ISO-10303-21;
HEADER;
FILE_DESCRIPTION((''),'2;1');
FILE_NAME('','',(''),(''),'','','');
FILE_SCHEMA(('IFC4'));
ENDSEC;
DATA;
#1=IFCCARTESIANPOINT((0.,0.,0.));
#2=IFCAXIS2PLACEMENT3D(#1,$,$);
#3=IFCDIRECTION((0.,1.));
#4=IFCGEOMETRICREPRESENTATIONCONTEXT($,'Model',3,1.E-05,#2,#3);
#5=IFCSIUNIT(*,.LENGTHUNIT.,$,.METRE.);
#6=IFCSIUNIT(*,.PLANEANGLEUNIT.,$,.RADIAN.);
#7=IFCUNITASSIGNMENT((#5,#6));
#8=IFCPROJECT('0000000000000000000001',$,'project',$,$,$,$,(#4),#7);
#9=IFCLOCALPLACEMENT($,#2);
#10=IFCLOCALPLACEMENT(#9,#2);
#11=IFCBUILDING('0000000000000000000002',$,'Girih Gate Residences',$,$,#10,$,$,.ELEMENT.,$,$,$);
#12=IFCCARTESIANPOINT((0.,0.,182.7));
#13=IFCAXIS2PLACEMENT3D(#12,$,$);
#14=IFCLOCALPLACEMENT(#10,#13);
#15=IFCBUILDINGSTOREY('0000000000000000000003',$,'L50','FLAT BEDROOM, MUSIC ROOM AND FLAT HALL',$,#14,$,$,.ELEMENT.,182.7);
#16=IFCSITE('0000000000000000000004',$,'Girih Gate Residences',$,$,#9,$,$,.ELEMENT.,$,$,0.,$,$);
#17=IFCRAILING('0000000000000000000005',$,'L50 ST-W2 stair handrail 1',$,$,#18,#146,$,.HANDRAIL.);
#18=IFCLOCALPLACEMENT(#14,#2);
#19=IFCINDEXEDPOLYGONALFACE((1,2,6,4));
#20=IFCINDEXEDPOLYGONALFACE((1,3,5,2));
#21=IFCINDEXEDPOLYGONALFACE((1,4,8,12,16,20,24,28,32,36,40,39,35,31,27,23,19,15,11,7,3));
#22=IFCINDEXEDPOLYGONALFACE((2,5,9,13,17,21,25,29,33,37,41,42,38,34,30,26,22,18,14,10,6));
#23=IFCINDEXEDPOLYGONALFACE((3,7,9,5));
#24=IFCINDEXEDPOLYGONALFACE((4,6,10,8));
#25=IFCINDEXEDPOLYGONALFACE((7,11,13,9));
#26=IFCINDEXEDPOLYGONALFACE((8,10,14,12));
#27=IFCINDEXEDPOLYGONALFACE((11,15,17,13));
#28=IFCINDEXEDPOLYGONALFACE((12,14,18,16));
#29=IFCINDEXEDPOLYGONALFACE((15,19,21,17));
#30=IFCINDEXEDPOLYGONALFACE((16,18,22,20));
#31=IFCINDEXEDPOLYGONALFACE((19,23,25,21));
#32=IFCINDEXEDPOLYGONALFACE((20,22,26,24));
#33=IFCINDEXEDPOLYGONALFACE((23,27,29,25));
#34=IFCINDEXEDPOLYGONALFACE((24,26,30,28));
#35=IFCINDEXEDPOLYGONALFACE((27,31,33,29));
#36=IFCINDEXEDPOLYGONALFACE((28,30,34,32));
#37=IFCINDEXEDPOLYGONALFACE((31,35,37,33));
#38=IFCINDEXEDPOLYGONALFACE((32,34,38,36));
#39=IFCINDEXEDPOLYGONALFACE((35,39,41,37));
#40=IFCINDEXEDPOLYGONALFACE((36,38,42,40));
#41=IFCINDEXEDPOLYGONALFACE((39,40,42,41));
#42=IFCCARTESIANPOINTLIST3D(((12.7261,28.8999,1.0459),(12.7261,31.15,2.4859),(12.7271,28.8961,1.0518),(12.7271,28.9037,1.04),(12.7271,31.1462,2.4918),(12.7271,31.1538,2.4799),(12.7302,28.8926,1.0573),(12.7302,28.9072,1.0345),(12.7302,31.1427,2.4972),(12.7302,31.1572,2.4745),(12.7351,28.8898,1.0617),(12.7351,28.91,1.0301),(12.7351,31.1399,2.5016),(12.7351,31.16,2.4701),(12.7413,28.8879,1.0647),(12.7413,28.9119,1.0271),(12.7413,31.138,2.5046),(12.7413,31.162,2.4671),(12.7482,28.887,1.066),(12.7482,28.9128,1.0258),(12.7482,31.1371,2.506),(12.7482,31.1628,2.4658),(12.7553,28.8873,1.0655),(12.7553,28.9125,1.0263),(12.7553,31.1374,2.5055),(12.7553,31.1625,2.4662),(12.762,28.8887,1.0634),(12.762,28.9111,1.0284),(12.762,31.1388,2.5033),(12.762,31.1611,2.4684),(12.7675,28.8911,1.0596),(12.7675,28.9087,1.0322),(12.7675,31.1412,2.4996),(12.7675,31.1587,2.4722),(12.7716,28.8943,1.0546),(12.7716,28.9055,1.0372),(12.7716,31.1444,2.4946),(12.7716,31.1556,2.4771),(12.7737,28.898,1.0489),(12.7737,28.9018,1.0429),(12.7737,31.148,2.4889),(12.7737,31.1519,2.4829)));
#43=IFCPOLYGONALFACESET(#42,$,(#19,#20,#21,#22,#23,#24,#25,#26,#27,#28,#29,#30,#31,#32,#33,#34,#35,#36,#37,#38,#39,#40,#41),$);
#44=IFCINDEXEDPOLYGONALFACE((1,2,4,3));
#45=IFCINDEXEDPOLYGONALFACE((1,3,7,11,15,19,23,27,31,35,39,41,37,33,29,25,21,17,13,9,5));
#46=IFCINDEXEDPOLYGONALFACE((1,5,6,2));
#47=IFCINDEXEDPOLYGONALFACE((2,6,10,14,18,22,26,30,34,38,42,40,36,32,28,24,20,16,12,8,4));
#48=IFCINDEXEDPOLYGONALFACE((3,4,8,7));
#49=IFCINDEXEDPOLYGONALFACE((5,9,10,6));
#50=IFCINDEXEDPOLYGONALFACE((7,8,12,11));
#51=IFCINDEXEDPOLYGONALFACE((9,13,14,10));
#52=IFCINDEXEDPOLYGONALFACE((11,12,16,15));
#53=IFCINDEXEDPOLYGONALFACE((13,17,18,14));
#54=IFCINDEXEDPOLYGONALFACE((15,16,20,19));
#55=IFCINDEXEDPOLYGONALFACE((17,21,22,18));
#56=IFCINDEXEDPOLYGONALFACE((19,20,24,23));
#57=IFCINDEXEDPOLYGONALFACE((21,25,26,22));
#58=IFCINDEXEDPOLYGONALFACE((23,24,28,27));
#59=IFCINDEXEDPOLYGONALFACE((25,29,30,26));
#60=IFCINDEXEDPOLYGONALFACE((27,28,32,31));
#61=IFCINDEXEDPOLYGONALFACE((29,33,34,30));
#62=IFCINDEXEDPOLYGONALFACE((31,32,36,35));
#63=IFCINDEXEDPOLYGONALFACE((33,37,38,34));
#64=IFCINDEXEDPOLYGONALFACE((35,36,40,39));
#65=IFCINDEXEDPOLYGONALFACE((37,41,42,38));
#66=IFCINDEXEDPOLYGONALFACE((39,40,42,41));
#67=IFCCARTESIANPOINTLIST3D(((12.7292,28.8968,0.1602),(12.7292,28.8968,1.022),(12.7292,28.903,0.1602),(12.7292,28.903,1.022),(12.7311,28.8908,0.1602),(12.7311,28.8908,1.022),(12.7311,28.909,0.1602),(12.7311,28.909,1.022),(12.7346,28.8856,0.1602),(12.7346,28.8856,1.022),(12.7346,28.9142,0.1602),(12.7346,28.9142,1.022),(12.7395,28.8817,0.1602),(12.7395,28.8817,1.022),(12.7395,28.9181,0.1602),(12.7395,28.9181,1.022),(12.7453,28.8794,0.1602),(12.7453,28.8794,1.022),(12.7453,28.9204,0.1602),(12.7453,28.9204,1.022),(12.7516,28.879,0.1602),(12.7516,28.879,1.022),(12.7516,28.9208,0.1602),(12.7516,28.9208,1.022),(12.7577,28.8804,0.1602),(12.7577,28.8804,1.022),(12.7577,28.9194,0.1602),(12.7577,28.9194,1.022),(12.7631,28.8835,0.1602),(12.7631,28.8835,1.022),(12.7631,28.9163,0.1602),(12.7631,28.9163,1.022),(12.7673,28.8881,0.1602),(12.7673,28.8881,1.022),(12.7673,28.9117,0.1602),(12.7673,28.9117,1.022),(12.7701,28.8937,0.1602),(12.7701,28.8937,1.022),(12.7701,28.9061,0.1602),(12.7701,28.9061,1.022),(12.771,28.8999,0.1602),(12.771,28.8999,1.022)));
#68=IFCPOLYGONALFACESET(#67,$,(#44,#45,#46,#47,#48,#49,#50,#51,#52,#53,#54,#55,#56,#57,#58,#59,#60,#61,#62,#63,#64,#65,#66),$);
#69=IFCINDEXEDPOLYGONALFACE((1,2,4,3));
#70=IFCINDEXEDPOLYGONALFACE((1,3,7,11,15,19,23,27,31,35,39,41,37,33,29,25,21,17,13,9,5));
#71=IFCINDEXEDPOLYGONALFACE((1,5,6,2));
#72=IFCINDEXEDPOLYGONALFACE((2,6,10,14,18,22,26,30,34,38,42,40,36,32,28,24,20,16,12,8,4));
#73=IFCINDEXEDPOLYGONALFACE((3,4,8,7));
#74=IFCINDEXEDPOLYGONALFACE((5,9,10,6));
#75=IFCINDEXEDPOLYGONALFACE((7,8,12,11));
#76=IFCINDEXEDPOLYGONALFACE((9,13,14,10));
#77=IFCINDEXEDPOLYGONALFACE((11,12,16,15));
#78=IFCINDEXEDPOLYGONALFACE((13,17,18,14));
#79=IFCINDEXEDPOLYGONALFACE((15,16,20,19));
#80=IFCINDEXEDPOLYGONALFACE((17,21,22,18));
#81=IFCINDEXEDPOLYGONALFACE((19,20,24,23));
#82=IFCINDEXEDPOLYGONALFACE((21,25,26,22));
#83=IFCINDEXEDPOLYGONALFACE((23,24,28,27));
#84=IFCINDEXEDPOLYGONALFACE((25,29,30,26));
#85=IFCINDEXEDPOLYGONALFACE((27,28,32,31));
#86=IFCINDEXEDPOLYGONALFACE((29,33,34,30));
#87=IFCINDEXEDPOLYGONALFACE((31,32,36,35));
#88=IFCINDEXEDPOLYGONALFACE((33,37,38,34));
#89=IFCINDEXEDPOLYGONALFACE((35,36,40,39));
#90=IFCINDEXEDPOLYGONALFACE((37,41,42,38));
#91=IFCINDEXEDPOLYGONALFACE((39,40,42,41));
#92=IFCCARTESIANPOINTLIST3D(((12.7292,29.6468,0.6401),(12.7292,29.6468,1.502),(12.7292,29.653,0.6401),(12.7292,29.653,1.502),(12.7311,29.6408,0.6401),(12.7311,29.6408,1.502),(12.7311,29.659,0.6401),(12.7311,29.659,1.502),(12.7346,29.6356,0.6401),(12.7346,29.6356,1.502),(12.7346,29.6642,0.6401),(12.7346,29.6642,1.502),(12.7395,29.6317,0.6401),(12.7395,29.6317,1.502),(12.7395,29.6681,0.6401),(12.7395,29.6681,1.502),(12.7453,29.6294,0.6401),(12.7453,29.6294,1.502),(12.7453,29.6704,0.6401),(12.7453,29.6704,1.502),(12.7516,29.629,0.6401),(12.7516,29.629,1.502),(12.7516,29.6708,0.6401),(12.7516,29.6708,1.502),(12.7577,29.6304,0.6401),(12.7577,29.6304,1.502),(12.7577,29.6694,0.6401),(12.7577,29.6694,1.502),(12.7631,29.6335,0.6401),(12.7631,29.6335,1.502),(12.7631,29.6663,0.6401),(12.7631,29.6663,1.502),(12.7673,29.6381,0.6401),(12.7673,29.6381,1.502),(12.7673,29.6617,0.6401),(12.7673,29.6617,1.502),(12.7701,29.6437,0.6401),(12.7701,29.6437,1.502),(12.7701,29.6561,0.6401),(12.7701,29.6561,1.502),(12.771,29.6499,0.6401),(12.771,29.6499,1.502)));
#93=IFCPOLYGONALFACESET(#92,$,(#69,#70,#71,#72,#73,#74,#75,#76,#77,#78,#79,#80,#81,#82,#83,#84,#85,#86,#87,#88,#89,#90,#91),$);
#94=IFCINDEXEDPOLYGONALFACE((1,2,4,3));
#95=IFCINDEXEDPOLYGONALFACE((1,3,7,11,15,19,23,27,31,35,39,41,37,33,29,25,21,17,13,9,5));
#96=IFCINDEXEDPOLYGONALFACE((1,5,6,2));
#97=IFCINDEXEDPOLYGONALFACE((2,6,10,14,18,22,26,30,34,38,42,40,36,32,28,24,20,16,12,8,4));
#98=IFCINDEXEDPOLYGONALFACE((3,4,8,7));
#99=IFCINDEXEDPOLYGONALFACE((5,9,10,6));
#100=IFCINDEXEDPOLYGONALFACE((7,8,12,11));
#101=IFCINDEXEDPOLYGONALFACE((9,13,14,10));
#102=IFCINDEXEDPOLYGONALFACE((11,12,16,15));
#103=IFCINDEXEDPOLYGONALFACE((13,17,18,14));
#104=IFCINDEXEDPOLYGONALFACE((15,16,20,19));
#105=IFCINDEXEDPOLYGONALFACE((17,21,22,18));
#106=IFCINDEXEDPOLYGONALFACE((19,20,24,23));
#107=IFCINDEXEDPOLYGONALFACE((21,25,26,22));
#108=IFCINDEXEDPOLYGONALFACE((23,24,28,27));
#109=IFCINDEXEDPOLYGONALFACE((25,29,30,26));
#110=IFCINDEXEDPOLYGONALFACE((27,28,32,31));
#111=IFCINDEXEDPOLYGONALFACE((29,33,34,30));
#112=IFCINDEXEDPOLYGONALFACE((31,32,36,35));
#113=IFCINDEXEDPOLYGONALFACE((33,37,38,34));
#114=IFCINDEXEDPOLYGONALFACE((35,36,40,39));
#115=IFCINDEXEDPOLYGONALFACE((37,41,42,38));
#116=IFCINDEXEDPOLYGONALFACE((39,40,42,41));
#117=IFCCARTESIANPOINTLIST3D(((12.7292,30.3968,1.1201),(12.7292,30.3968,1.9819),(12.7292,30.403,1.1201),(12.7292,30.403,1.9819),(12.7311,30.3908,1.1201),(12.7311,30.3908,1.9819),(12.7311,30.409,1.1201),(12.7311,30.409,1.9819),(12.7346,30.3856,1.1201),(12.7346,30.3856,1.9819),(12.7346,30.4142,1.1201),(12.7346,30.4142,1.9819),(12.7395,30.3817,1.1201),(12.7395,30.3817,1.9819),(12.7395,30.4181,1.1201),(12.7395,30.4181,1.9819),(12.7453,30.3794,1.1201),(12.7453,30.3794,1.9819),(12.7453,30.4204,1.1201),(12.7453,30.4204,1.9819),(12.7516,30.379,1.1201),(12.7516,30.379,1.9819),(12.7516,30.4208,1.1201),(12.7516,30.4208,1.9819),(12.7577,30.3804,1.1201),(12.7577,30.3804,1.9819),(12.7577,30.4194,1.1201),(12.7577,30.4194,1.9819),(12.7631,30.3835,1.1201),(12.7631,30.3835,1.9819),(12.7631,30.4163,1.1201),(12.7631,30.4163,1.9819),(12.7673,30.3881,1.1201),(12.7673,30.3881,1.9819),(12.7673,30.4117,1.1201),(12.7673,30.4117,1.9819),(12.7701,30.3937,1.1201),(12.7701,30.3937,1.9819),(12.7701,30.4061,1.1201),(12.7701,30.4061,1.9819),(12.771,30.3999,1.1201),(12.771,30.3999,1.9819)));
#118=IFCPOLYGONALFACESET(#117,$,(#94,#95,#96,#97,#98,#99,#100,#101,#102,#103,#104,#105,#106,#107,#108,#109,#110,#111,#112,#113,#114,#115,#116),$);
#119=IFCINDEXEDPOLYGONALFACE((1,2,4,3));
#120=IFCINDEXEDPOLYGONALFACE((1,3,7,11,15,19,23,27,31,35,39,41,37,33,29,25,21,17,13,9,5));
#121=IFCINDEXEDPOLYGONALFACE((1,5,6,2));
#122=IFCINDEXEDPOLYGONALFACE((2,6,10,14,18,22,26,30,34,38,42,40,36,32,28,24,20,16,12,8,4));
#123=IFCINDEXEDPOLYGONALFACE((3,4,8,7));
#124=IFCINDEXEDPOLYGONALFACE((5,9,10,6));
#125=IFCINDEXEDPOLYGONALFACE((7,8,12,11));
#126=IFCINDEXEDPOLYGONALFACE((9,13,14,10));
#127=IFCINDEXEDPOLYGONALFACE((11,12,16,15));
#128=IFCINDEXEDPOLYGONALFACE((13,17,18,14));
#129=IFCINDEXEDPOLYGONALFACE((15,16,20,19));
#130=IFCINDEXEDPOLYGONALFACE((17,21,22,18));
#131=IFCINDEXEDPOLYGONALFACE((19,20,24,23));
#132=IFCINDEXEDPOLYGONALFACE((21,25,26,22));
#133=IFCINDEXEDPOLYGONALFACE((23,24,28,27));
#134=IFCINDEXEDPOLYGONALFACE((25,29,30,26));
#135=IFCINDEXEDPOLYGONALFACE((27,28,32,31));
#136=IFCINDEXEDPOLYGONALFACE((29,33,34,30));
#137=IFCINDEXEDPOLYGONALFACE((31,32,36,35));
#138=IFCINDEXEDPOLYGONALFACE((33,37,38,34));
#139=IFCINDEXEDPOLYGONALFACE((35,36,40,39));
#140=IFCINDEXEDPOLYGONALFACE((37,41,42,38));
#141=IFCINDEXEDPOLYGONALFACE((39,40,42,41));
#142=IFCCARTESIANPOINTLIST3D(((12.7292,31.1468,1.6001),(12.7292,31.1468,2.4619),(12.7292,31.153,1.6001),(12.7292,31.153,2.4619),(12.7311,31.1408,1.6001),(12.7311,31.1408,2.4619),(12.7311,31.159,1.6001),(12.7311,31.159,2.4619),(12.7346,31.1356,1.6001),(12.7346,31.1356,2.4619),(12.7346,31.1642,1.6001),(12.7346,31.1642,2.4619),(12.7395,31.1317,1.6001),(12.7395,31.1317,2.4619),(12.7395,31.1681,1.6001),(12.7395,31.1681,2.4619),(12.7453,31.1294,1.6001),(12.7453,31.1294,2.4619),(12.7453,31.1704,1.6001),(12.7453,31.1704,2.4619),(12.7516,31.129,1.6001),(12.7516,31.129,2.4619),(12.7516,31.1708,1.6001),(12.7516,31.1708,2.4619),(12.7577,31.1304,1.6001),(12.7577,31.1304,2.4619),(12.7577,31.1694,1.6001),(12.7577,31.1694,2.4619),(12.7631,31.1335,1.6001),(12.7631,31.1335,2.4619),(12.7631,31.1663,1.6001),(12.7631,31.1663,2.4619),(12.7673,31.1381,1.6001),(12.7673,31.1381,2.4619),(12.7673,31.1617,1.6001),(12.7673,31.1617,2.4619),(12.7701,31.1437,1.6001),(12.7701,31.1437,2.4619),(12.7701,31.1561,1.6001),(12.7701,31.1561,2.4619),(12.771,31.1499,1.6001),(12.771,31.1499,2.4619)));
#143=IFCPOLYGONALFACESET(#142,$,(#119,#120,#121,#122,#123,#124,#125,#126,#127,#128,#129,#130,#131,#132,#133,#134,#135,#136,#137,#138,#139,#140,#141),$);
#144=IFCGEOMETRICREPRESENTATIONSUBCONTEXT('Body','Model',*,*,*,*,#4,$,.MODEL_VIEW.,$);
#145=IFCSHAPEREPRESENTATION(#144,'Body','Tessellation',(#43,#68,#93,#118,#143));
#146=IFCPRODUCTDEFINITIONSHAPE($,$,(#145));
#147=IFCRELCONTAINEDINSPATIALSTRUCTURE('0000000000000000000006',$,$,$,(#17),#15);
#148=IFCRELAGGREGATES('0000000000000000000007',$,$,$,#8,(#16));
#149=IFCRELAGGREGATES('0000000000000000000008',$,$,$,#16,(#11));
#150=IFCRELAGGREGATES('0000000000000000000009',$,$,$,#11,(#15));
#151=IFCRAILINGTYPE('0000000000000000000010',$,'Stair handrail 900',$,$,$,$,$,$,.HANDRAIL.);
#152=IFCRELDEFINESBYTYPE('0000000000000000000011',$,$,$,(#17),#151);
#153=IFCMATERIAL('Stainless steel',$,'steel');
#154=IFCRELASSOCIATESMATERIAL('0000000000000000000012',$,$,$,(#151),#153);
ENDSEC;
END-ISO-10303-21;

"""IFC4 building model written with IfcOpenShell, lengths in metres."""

from ifc_helpers import new_model, si_unit, direction, frame, origin, origin_2d, place, context, subcontext, project, spatial, circle, extrude, material, type_object, element, save


model = new_model("IFC4")

# Units and contexts
model_context = context("Model", 3, precision=1e-05, world=origin(), true_north=direction((0.0, 1.0)))
body_context = subcontext(model_context, "Body", "Model", "MODEL_VIEW")
ifc_project = project(units=[si_unit("LENGTHUNIT", "METRE"), si_unit("PLANEANGLEUNIT", "RADIAN")], contexts=[model_context])

# Site, building, storey
site_placement = place(None, origin())
site = spatial("IfcSite", under=ifc_project, at=site_placement, Name="Girih Gate Residences", CompositionType="ELEMENT", RefElevation=0.0)
building_placement = place(site_placement, origin())
building = spatial("IfcBuilding", under=site, at=building_placement, Name="Girih Gate Residences", CompositionType="ELEMENT")
storey_placement = place(building_placement, frame((0.0, 0.0, 182.7)))
storey = spatial("IfcBuildingStorey", under=building, at=storey_placement, Name="L50", Description="FLAT BEDROOM, MUSIC ROOM AND FLAT HALL", CompositionType="ELEMENT", Elevation=182.7)

# Railing
ifc_material_1 = material(Name="Stainless steel", Category="steel")
railing_type_1 = type_object("IfcRailingType", Name="Stair handrail 900", PredefinedType="HANDRAIL", material=ifc_material_1)
railing_1_placement = place(storey_placement, frame((12.75, 28.8999, 0.1602)))
element("IfcRailing", 1, at=railing_1_placement, inside=storey, type_object=railing_type_1, Name="L50 ST-W2 stair handrail 1", PredefinedType="HANDRAIL", context=body_context, shape_type="SweptSolid", body=[
    extrude(circle(Radius=0.0239, at=origin_2d()), frame((0.0, 0.0, 0.8857), z_axis=(0.0, 0.842281, 0.539038), x_axis=(-1.0, 0.0, 0.0)), (0.0, 0.0, 1.0), 2.6714),
    extrude(circle(Radius=0.021, at=origin_2d()), origin(), (0.0, 0.0, 1.0), 0.8618),
    extrude(circle(Radius=0.021, at=origin_2d()), frame((0.0, 0.75, 0.48)), (0.0, 0.0, 1.0), 0.8618),
    extrude(circle(Radius=0.021, at=origin_2d()), frame((0.0, 1.5, 0.96)), (0.0, 0.0, 1.0), 0.8618),
    extrude(circle(Radius=0.021, at=origin_2d()), frame((0.0, 2.25, 1.4399)), (0.0, 0.0, 1.0), 0.8618),
])

save(model, "model.ifc")
